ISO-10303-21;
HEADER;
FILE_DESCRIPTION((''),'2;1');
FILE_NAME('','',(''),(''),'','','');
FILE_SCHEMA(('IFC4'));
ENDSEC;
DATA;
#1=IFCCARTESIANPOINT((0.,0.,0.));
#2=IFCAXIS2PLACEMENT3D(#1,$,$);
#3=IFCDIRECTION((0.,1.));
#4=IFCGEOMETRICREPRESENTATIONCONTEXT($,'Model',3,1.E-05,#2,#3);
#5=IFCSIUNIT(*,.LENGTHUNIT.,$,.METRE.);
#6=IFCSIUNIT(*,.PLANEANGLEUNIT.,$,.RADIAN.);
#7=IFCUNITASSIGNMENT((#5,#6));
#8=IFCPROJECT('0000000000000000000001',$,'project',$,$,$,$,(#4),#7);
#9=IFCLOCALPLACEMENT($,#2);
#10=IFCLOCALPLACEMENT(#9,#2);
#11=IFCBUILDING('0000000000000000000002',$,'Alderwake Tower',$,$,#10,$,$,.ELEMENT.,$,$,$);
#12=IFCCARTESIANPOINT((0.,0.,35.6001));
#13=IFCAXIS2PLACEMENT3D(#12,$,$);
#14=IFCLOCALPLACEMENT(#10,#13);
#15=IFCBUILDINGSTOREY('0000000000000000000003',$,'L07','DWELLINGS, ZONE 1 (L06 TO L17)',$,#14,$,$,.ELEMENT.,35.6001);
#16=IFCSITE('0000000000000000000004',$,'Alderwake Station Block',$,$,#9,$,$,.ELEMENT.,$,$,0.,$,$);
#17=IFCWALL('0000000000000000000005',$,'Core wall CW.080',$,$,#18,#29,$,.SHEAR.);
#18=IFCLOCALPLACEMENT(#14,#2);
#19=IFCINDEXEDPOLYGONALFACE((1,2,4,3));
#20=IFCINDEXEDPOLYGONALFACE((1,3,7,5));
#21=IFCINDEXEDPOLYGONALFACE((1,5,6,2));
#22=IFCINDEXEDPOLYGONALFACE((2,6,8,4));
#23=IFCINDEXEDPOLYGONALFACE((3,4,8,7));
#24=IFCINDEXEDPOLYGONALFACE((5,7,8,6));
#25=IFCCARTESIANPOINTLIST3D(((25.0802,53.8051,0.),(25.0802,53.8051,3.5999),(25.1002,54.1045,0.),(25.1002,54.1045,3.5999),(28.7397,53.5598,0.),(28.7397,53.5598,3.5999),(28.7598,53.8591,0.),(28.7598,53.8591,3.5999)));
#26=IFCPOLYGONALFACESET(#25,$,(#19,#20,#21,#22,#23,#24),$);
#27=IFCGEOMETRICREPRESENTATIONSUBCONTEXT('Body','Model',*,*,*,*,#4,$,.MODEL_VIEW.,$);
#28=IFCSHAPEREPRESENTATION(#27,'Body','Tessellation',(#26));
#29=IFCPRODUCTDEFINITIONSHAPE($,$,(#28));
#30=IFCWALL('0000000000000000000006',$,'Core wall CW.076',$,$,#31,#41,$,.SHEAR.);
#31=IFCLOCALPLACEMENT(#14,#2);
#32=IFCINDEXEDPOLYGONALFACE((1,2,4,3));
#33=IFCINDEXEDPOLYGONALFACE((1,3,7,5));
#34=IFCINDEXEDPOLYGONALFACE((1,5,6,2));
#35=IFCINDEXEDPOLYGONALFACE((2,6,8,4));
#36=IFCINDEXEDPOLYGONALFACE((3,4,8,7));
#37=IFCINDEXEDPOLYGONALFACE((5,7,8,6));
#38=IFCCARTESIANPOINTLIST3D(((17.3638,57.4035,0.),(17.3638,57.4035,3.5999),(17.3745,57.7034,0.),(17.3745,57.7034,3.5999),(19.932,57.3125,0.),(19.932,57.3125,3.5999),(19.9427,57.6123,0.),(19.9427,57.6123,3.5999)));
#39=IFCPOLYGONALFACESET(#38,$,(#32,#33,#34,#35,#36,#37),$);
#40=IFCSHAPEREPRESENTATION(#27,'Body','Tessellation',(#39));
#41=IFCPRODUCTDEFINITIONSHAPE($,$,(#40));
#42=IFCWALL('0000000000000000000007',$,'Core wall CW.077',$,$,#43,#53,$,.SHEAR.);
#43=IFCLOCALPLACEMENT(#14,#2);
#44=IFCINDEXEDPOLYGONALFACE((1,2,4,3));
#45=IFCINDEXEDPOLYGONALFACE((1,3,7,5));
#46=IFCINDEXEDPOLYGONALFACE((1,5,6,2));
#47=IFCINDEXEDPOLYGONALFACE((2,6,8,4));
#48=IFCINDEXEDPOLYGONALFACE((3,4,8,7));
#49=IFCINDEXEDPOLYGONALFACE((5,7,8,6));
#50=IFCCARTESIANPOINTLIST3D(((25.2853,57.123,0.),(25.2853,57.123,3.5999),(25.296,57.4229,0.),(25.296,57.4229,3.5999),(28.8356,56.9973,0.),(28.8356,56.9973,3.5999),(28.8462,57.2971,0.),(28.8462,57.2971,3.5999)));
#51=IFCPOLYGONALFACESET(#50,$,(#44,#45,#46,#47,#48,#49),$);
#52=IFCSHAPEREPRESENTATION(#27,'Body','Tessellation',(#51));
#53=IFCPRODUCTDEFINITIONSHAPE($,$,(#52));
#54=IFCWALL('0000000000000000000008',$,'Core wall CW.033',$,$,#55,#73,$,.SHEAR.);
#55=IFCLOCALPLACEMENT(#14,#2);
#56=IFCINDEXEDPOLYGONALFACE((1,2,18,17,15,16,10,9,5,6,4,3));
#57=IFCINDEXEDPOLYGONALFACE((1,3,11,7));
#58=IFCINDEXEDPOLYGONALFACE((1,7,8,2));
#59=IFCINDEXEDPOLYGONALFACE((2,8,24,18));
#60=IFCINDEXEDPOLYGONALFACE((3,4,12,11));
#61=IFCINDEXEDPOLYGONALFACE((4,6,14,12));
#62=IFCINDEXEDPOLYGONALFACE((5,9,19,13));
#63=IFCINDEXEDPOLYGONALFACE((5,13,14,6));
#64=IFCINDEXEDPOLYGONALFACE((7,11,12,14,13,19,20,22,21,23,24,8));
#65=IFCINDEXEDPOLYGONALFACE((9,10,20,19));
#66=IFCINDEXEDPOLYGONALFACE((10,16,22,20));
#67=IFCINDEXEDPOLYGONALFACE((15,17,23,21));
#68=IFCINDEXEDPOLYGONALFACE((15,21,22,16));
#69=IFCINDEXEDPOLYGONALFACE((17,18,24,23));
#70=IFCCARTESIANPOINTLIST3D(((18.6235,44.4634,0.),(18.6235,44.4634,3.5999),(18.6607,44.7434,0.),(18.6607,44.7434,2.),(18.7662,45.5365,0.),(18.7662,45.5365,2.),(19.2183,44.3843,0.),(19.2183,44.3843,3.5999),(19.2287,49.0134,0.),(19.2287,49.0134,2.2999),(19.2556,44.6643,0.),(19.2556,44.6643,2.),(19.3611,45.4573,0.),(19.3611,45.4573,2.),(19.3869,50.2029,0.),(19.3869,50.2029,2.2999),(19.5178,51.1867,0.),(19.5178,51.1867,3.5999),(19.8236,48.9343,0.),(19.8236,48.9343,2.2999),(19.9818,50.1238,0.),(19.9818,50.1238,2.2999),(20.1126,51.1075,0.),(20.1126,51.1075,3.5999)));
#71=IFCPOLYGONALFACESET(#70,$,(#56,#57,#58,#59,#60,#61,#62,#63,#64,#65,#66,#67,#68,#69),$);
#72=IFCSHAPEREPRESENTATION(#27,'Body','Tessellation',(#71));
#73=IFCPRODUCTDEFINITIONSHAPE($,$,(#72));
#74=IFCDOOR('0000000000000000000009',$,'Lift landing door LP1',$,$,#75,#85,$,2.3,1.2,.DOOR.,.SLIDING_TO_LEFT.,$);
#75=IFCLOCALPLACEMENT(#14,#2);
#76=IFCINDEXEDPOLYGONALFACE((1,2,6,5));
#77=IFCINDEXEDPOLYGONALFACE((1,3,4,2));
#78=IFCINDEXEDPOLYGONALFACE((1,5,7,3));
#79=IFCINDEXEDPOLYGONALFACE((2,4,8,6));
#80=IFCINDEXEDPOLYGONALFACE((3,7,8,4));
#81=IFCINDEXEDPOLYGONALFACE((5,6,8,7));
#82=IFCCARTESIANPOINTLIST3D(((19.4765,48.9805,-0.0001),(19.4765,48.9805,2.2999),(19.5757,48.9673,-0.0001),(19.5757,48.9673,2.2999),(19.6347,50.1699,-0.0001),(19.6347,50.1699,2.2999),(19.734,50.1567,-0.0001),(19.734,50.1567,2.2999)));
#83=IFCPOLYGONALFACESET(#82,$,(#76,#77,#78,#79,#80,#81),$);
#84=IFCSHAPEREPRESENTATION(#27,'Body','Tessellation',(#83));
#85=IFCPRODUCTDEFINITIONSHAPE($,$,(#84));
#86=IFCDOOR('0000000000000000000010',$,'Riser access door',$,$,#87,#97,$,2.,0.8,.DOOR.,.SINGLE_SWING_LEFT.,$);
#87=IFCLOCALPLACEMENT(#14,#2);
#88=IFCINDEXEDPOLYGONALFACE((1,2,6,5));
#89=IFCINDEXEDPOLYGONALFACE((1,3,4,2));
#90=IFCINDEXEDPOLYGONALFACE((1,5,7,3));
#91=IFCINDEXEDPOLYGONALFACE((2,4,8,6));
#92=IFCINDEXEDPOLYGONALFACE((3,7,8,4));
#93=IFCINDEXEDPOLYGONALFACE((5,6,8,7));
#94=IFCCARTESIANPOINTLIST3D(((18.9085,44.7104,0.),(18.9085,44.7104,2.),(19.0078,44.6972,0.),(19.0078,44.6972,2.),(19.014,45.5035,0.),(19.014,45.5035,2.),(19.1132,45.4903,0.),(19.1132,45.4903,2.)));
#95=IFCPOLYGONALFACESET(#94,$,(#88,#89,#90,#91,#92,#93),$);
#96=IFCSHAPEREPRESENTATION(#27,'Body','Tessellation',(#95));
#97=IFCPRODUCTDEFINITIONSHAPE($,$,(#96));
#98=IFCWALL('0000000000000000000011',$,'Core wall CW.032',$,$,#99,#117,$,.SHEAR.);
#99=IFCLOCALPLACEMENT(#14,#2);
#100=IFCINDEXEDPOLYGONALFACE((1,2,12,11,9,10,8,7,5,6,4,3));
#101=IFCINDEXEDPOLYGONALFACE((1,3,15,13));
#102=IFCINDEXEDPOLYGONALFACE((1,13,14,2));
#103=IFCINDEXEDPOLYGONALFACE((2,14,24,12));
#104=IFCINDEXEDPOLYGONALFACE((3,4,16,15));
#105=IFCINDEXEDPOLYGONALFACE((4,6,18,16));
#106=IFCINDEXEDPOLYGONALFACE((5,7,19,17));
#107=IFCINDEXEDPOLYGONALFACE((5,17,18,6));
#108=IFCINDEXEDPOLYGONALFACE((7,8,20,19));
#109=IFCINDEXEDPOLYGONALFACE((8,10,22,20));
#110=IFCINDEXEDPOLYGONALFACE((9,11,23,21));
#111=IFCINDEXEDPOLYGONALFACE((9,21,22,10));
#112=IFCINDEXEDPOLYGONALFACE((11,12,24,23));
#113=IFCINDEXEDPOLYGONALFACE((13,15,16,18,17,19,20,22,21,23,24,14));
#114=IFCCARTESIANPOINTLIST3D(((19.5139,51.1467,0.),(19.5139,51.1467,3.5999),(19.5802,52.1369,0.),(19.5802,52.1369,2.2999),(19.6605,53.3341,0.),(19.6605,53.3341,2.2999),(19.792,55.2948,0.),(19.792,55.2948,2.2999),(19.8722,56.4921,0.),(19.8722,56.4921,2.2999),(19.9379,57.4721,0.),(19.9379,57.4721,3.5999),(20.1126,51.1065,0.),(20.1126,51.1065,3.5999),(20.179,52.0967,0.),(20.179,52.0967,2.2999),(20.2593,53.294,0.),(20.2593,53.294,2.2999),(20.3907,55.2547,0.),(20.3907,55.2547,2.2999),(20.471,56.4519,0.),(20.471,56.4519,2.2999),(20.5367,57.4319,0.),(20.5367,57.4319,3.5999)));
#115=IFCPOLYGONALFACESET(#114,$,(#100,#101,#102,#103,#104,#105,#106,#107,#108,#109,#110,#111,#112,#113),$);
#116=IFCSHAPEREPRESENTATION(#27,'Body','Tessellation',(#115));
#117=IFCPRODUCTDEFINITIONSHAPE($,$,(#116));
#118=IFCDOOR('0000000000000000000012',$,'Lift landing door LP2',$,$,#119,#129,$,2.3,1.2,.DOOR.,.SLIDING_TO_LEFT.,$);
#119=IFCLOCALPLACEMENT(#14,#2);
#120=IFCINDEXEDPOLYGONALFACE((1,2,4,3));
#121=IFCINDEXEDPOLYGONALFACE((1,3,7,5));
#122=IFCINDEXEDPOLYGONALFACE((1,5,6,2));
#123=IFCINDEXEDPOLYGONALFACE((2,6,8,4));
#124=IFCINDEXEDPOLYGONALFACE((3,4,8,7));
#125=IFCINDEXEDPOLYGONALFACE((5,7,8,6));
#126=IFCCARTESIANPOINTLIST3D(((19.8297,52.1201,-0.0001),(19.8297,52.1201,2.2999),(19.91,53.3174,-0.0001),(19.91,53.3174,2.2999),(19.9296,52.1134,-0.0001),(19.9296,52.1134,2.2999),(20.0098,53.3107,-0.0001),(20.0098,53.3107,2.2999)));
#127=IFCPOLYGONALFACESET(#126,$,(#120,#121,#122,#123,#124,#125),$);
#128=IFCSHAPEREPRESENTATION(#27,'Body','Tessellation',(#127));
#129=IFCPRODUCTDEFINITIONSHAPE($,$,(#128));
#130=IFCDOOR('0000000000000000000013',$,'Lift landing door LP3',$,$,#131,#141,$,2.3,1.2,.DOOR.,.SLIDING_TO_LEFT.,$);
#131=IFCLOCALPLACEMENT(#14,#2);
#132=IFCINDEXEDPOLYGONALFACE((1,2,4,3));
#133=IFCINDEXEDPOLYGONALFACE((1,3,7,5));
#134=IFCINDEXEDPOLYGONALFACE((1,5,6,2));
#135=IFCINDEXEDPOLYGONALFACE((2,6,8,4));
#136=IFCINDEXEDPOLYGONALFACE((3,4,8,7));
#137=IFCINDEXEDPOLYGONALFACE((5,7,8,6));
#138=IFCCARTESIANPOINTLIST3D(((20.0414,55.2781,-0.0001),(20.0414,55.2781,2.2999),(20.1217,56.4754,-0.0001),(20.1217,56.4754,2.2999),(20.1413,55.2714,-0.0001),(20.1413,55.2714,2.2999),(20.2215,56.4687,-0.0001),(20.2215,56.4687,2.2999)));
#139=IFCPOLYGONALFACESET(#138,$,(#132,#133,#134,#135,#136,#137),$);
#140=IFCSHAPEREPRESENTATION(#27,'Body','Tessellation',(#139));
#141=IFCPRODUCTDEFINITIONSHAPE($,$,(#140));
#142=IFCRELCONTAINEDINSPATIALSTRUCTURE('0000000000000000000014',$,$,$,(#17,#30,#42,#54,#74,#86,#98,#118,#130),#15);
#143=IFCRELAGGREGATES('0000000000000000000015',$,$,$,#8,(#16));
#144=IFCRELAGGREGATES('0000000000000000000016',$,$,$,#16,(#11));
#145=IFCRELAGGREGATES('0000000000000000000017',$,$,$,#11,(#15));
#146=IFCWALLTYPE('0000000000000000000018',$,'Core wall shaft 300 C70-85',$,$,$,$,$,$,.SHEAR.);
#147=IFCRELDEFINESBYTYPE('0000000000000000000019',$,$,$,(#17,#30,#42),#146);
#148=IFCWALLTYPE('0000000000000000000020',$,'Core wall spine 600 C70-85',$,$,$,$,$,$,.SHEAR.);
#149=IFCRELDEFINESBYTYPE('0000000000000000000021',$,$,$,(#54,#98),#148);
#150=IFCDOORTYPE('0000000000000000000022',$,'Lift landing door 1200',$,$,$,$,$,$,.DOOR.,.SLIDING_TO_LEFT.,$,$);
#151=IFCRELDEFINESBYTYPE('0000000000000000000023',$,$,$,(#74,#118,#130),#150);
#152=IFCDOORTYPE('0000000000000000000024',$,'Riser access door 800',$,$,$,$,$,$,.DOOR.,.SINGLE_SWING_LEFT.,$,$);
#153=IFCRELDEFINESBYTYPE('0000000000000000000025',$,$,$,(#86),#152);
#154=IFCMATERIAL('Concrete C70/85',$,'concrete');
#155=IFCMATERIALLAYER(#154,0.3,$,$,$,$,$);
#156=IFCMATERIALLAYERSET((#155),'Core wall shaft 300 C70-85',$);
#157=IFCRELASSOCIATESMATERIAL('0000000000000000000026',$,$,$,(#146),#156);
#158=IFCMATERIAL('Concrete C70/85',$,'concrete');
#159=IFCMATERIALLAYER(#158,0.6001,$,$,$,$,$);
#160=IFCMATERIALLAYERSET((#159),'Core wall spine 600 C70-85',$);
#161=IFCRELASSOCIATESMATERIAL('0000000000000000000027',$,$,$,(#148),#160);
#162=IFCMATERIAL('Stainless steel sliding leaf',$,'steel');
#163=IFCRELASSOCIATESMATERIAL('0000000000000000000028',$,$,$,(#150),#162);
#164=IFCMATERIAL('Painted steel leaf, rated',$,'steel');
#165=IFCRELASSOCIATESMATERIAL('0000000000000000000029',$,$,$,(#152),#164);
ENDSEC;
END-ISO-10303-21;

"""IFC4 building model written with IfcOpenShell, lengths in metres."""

from ifc_helpers import new_model, si_unit, direction, frame, frame_2d, origin, place, context, subcontext, project, spatial, rectangle, extrude, material, layer, layer_set, type_object, element, fill, save


model = new_model("IFC4")

# Units and contexts
model_context = context("Model", 3, precision=1e-05, world=origin(), true_north=direction((0.0, 1.0)))
body_context = subcontext(model_context, "Body", "Model", "MODEL_VIEW")
ifc_project = project(units=[si_unit("LENGTHUNIT", "METRE"), si_unit("PLANEANGLEUNIT", "RADIAN")], contexts=[model_context])

# Site, building, storey
site_placement = place(None, origin())
site = spatial("IfcSite", under=ifc_project, at=site_placement, Name="Alderwake Station Block", CompositionType="ELEMENT", RefElevation=0.0)
building_placement = place(site_placement, origin())
building = spatial("IfcBuilding", under=site, at=building_placement, Name="Alderwake Tower", CompositionType="ELEMENT")
storey_placement = place(building_placement, frame((0.0, 0.0, 35.6001)))
storey = spatial("IfcBuildingStorey", under=building, at=storey_placement, Name="L07", Description="DWELLINGS, ZONE 1 (L06 TO L17)", CompositionType="ELEMENT", Elevation=35.6001)

# Walls
ifc_material_1 = material(Name="Concrete C70/85", Category="concrete")
ifc_layer_1 = layer(ifc_material_1, 0.3)
ifc_layer_set_1 = layer_set([ifc_layer_1], Name="Core wall shaft 300 C70-85")
wall_type_1 = type_object("IfcWallType", Name="Core wall shaft 300 C70-85", PredefinedType="SHEAR", material=ifc_layer_set_1)
wall_1_placement = place(storey_placement, frame((25.0901, 53.9548, 0.0), z_axis=(0.0, 0.0, 1.0), x_axis=(0.99776, -0.066899, 0.0)))
element("IfcWall", 1, at=wall_1_placement, inside=storey, type_object=wall_type_1, Name="Core wall CW.080", PredefinedType="SHEAR", context=body_context, shape_type="SweptSolid", body=[
    extrude(rectangle(XDim=3.6677, YDim=0.3, at=frame_2d((1.834, 0.0))), origin(), (0.0, 0.0, 1.0), 3.5999),
])
wall_2_placement = place(storey_placement, frame((17.3691, 57.5535, 0.0), z_axis=(0.0, 0.0, 1.0), x_axis=(0.999372, -0.035437, 0.0)))
element("IfcWall", 2, at=wall_2_placement, inside=storey, type_object=wall_type_1, Name="Core wall CW.076", PredefinedType="SHEAR", context=body_context, shape_type="SweptSolid", body=[
    extrude(rectangle(XDim=2.5698, YDim=0.3, at=frame_2d((1.2849, 0.0))), origin(), (0.0, 0.0, 1.0), 3.5999),
])
wall_3_placement = place(storey_placement, frame((25.2905, 57.2729, 0.0), z_axis=(0.0, 0.0, 1.0), x_axis=(0.999373, -0.035392, 0.0)))
element("IfcWall", 3, at=wall_3_placement, inside=storey, type_object=wall_type_1, Name="Core wall CW.077", PredefinedType="SHEAR", context=body_context, shape_type="SweptSolid", body=[
    extrude(rectangle(XDim=3.5525, YDim=0.3, at=frame_2d((1.7764, 0.0))), origin(), (0.0, 0.0, 1.0), 3.5999),
])

# Walls, openings, doors
ifc_material_2 = material(Name="Concrete C70/85", Category="concrete")
ifc_layer_2 = layer(ifc_material_2, 0.6001)
ifc_layer_set_2 = layer_set([ifc_layer_2], Name="Core wall spine 600 C70-85")
wall_type_2 = type_object("IfcWallType", Name="Core wall spine 600 C70-85", PredefinedType="SHEAR", material=ifc_layer_set_2)
wall_4_placement = place(storey_placement, frame((19.8152, 51.147, 0.0), z_axis=(0.0, 0.0, 1.0), x_axis=(-0.131855, -0.991269, 0.0)))
wall_4 = element("IfcWall", 4, at=wall_4_placement, inside=storey, type_object=wall_type_2, Name="Core wall CW.033", PredefinedType="SHEAR", context=body_context, shape_type="SweptSolid", body=[
    extrude(rectangle(XDim=6.7825, YDim=0.6001, at=frame_2d((3.3911, 0.0))), origin(), (0.0, 0.0, 1.0), 3.5999),
])
opening_1_placement = place(wall_4_placement, frame((0.9922, 0.0, 0.0)))
opening_1 = element("IfcOpeningElement", 5, at=opening_1_placement, cuts=wall_4, PredefinedType="OPENING", context=body_context, shape_type="SweptSolid", body=[
    extrude(rectangle(XDim=1.2, YDim=2.3, at=frame_2d((0.6001, 1.1499))), frame((0.0, 0.3101, 0.0), z_axis=(0.0, -1.0, 0.0), x_axis=(1.0, 0.0, 0.0)), (0.0, 0.0, 1.0), 0.6201),
])
opening_2_placement = place(wall_4_placement, frame((5.7, 0.0, 0.0)))
opening_2 = element("IfcOpeningElement", 6, at=opening_2_placement, cuts=wall_4, PredefinedType="OPENING", context=body_context, shape_type="SweptSolid", body=[
    extrude(rectangle(XDim=0.8, YDim=2.0, at=frame_2d((0.3999, 1.0))), frame((0.0, 0.3101, 0.0), z_axis=(0.0, -1.0, 0.0), x_axis=(1.0, 0.0, 0.0)), (0.0, 0.0, 1.0), 0.6201),
])
ifc_material_3 = material(Name="Stainless steel sliding leaf", Category="steel")
door_type_1 = type_object("IfcDoorType", Name="Lift landing door 1200", OperationType="SLIDING_TO_LEFT", PredefinedType="DOOR", material=ifc_material_3)
door_1_placement = place(opening_1_placement, origin())
door_1 = element("IfcDoor", 7, at=door_1_placement, inside=storey, type_object=door_type_1, Name="Lift landing door LP1", OperationType="SLIDING_TO_LEFT", OverallHeight=2.3, OverallWidth=1.2, PredefinedType="DOOR", context=body_context, shape_type="SweptSolid", body=[
    extrude(rectangle(XDim=1.2, YDim=2.3, at=frame_2d((0.6001, 1.1499))), frame((0.0, 0.05, 0.0), z_axis=(0.0, -1.0, 0.0), x_axis=(1.0, 0.0, 0.0)), (0.0, 0.0, 1.0), 0.1001),
])
fill(opening_1, door_1)
ifc_material_4 = material(Name="Painted steel leaf, rated", Category="steel")
door_type_2 = type_object("IfcDoorType", Name="Riser access door 800", OperationType="SINGLE_SWING_LEFT", PredefinedType="DOOR", material=ifc_material_4)
door_2_placement = place(opening_2_placement, origin())
door_2 = element("IfcDoor", 8, at=door_2_placement, inside=storey, type_object=door_type_2, Name="Riser access door", OperationType="SINGLE_SWING_LEFT", OverallHeight=2.0, OverallWidth=0.8, PredefinedType="DOOR", context=body_context, shape_type="SweptSolid", body=[
    extrude(rectangle(XDim=0.8, YDim=2.0, at=frame_2d((0.3999, 1.0))), frame((0.0, 0.05, 0.0), z_axis=(0.0, -1.0, 0.0), x_axis=(1.0, 0.0, 0.0)), (0.0, 0.0, 1.0), 0.1001),
])
fill(opening_2, door_2)
wall_5_placement = place(storey_placement, frame((19.8132, 51.1265, 0.0), z_axis=(0.0, 0.0, 1.0), x_axis=(0.066892, 0.99776, 0.0)))
wall_5 = element("IfcWall", 9, at=wall_5_placement, inside=storey, type_object=wall_type_2, Name="Core wall CW.032", PredefinedType="SHEAR", context=body_context, shape_type="SweptSolid", body=[
    extrude(rectangle(XDim=6.3396, YDim=0.6001, at=frame_2d((3.1699, 0.0))), origin(), (0.0, 0.0, 1.0), 3.5999),
])
opening_3_placement = place(wall_5_placement, frame((0.9924, 0.0, 0.0)))
opening_3 = element("IfcOpeningElement", 10, at=opening_3_placement, cuts=wall_5, PredefinedType="OPENING", context=body_context, shape_type="SweptSolid", body=[
    extrude(rectangle(XDim=1.2, YDim=2.3, at=frame_2d((0.6001, 1.1499))), frame((0.0, 0.3101, 0.0), z_axis=(0.0, -1.0, 0.0), x_axis=(1.0, 0.0, 0.0)), (0.0, 0.0, 1.0), 0.6201),
])
opening_4_placement = place(wall_5_placement, frame((4.1575, 0.0, 0.0)))
opening_4 = element("IfcOpeningElement", 11, at=opening_4_placement, cuts=wall_5, PredefinedType="OPENING", context=body_context, shape_type="SweptSolid", body=[
    extrude(rectangle(XDim=1.2, YDim=2.3, at=frame_2d((0.6001, 1.1499))), frame((0.0, 0.3101, 0.0), z_axis=(0.0, -1.0, 0.0), x_axis=(1.0, 0.0, 0.0)), (0.0, 0.0, 1.0), 0.6201),
])
door_3_placement = place(opening_3_placement, origin())
door_3 = element("IfcDoor", 12, at=door_3_placement, inside=storey, type_object=door_type_1, Name="Lift landing door LP2", OperationType="SLIDING_TO_LEFT", OverallHeight=2.3, OverallWidth=1.2, PredefinedType="DOOR", context=body_context, shape_type="SweptSolid", body=[
    extrude(rectangle(XDim=1.2, YDim=2.3, at=frame_2d((0.6001, 1.1499))), frame((0.0, 0.05, 0.0), z_axis=(0.0, -1.0, 0.0), x_axis=(1.0, 0.0, 0.0)), (0.0, 0.0, 1.0), 0.1001),
])
fill(opening_3, door_3)
door_4_placement = place(opening_4_placement, origin())
door_4 = element("IfcDoor", 13, at=door_4_placement, inside=storey, type_object=door_type_1, Name="Lift landing door LP3", OperationType="SLIDING_TO_LEFT", OverallHeight=2.3, OverallWidth=1.2, PredefinedType="DOOR", context=body_context, shape_type="SweptSolid", body=[
    extrude(rectangle(XDim=1.2, YDim=2.3, at=frame_2d((0.6001, 1.1499))), frame((0.0, 0.05, 0.0), z_axis=(0.0, -1.0, 0.0), x_axis=(1.0, 0.0, 0.0)), (0.0, 0.0, 1.0), 0.1001),
])
fill(opening_4, door_4)

save(model, "model.ifc")
